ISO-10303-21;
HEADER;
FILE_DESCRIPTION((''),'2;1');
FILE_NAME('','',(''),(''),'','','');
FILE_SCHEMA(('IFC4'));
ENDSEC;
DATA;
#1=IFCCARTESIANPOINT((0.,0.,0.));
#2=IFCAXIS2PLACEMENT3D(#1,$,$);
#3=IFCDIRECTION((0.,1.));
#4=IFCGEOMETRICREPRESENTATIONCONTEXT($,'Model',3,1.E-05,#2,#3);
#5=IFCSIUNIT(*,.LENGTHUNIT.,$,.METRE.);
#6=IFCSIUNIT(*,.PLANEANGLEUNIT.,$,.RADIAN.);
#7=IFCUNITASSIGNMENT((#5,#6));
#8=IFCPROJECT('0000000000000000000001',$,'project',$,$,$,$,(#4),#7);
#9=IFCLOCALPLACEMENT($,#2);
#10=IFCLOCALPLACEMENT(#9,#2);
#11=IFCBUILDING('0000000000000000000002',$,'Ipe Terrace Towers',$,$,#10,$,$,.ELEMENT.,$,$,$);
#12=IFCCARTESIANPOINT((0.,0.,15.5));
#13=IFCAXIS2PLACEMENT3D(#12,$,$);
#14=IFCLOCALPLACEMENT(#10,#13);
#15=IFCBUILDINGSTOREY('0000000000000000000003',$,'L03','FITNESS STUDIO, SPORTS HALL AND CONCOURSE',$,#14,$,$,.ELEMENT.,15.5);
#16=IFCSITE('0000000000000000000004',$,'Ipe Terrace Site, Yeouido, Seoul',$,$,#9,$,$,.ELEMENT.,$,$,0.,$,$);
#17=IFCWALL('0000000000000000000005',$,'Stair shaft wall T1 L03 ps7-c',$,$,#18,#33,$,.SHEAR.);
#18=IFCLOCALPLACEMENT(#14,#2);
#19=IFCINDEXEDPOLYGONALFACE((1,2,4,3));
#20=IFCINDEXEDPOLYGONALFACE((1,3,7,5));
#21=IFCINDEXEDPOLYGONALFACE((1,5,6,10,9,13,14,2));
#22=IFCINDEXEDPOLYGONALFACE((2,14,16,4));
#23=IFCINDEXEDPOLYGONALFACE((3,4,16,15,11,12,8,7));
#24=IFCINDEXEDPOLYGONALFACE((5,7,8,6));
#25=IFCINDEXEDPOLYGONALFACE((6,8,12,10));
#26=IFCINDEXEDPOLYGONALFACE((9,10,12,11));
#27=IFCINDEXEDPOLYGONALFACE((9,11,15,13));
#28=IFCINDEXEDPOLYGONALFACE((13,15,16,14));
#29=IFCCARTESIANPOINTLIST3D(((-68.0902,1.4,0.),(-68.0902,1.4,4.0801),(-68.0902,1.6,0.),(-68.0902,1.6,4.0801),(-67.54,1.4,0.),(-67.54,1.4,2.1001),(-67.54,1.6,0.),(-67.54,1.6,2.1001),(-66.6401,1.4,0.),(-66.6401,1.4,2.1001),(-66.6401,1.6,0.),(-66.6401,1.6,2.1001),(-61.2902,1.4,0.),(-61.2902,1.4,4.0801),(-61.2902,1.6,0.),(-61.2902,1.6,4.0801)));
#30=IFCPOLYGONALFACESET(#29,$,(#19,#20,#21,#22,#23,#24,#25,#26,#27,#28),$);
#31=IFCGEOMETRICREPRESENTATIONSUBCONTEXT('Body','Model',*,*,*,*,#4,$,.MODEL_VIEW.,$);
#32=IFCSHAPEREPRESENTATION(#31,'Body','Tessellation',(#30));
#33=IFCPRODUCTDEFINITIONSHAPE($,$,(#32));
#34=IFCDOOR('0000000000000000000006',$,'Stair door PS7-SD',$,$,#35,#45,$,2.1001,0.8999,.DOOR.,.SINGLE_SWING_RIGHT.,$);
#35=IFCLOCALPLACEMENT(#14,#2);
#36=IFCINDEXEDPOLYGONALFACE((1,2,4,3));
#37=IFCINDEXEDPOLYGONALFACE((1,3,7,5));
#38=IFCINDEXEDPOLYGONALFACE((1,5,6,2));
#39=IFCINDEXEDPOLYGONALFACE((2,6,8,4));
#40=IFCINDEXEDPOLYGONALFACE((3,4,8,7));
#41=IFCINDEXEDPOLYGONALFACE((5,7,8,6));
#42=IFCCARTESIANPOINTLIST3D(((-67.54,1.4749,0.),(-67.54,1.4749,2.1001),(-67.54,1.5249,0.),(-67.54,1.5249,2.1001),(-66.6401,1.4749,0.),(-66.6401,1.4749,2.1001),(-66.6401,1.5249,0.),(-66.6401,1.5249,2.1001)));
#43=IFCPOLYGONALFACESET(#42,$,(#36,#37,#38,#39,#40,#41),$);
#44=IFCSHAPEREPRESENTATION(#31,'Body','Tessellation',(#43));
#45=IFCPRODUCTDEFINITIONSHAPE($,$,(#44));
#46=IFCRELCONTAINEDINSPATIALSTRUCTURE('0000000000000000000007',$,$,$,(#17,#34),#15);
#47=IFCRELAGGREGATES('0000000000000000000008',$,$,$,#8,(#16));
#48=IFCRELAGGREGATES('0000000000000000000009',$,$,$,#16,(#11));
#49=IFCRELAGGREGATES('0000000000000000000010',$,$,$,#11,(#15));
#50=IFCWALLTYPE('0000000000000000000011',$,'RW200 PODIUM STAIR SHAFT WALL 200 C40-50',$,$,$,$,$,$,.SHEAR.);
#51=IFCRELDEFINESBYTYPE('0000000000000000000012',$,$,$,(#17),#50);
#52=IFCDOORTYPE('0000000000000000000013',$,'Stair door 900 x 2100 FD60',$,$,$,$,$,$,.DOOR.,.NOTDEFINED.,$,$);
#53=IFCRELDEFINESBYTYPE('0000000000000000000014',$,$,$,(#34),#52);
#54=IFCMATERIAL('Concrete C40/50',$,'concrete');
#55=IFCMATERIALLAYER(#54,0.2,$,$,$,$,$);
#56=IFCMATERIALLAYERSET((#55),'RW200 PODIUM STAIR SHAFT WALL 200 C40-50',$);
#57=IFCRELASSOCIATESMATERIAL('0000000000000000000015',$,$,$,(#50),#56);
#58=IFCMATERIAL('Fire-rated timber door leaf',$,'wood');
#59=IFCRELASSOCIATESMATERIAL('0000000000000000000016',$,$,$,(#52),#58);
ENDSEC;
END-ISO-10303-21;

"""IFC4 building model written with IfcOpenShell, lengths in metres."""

from ifc_helpers import new_model, si_unit, direction, frame, frame_2d, origin, place, context, subcontext, project, spatial, rectangle, extrude, material, layer, layer_set, type_object, element, fill, save


model = new_model("IFC4")

# Units and contexts
model_context = context("Model", 3, precision=1e-05, world=origin(), true_north=direction((0.0, 1.0)))
body_context = subcontext(model_context, "Body", "Model", "MODEL_VIEW")
ifc_project = project(units=[si_unit("LENGTHUNIT", "METRE"), si_unit("PLANEANGLEUNIT", "RADIAN")], contexts=[model_context])

# Site, building, storey
site_placement = place(None, origin())
site = spatial("IfcSite", under=ifc_project, at=site_placement, Name="Ipe Terrace Site, Yeouido, Seoul", CompositionType="ELEMENT", RefElevation=0.0)
building_placement = place(site_placement, origin())
building = spatial("IfcBuilding", under=site, at=building_placement, Name="Ipe Terrace Towers", CompositionType="ELEMENT")
storey_placement = place(building_placement, frame((0.0, 0.0, 15.5)))
storey = spatial("IfcBuildingStorey", under=building, at=storey_placement, Name="L03", Description="FITNESS STUDIO, SPORTS HALL AND CONCOURSE", CompositionType="ELEMENT", Elevation=15.5)

# Wall, opening, door
ifc_material_1 = material(Name="Concrete C40/50", Category="concrete")
ifc_layer_1 = layer(ifc_material_1, 0.2)
ifc_layer_set_1 = layer_set([ifc_layer_1], Name="RW200 PODIUM STAIR SHAFT WALL 200 C40-50")
wall_type_1 = type_object("IfcWallType", Name="RW200 PODIUM STAIR SHAFT WALL 200 C40-50", PredefinedType="SHEAR", material=ifc_layer_set_1)
wall_1_placement = place(storey_placement, frame((-68.0901, 1.5, 0.0), z_axis=(0.0, 0.0, 1.0), x_axis=(1.0, 0.0, 0.0)))
wall_1 = element("IfcWall", 1, at=wall_1_placement, inside=storey, type_object=wall_type_1, Name="Stair shaft wall T1 L03 ps7-c", PredefinedType="SHEAR", context=body_context, shape_type="SweptSolid", body=[
    extrude(rectangle(XDim=6.8, YDim=0.2, at=frame_2d((3.3999, 0.0))), origin(), (0.0, 0.0, 1.0), 4.0801),
])
opening_1_placement = place(wall_1_placement, frame((0.55, 0.0, 0.0)))
opening_1 = element("IfcOpeningElement", 2, at=opening_1_placement, cuts=wall_1, PredefinedType="OPENING", context=body_context, shape_type="SweptSolid", body=[
    extrude(rectangle(XDim=0.8999, YDim=2.1001, at=frame_2d((0.45, 1.05))), frame((0.0, 0.1099, 0.0), z_axis=(0.0, -1.0, 0.0), x_axis=(1.0, 0.0, 0.0)), (0.0, 0.0, 1.0), 0.22),
])
ifc_material_2 = material(Name="Fire-rated timber door leaf", Category="wood")
door_type_1 = type_object("IfcDoorType", Name="Stair door 900 x 2100 FD60", OperationType="NOTDEFINED", PredefinedType="DOOR", material=ifc_material_2)
door_1_placement = place(opening_1_placement, origin())
door_1 = element("IfcDoor", 3, at=door_1_placement, inside=storey, type_object=door_type_1, Name="Stair door PS7-SD", OperationType="SINGLE_SWING_RIGHT", OverallHeight=2.1001, OverallWidth=0.8999, PredefinedType="DOOR", context=body_context, shape_type="SweptSolid", body=[
    extrude(rectangle(XDim=0.8999, YDim=2.1001, at=frame_2d((0.45, 1.05))), frame((0.0, 0.0249, 0.0), z_axis=(0.0, -1.0, 0.0), x_axis=(1.0, 0.0, 0.0)), (0.0, 0.0, 1.0), 0.05),
])
fill(opening_1, door_1)

save(model, "model.ifc")
